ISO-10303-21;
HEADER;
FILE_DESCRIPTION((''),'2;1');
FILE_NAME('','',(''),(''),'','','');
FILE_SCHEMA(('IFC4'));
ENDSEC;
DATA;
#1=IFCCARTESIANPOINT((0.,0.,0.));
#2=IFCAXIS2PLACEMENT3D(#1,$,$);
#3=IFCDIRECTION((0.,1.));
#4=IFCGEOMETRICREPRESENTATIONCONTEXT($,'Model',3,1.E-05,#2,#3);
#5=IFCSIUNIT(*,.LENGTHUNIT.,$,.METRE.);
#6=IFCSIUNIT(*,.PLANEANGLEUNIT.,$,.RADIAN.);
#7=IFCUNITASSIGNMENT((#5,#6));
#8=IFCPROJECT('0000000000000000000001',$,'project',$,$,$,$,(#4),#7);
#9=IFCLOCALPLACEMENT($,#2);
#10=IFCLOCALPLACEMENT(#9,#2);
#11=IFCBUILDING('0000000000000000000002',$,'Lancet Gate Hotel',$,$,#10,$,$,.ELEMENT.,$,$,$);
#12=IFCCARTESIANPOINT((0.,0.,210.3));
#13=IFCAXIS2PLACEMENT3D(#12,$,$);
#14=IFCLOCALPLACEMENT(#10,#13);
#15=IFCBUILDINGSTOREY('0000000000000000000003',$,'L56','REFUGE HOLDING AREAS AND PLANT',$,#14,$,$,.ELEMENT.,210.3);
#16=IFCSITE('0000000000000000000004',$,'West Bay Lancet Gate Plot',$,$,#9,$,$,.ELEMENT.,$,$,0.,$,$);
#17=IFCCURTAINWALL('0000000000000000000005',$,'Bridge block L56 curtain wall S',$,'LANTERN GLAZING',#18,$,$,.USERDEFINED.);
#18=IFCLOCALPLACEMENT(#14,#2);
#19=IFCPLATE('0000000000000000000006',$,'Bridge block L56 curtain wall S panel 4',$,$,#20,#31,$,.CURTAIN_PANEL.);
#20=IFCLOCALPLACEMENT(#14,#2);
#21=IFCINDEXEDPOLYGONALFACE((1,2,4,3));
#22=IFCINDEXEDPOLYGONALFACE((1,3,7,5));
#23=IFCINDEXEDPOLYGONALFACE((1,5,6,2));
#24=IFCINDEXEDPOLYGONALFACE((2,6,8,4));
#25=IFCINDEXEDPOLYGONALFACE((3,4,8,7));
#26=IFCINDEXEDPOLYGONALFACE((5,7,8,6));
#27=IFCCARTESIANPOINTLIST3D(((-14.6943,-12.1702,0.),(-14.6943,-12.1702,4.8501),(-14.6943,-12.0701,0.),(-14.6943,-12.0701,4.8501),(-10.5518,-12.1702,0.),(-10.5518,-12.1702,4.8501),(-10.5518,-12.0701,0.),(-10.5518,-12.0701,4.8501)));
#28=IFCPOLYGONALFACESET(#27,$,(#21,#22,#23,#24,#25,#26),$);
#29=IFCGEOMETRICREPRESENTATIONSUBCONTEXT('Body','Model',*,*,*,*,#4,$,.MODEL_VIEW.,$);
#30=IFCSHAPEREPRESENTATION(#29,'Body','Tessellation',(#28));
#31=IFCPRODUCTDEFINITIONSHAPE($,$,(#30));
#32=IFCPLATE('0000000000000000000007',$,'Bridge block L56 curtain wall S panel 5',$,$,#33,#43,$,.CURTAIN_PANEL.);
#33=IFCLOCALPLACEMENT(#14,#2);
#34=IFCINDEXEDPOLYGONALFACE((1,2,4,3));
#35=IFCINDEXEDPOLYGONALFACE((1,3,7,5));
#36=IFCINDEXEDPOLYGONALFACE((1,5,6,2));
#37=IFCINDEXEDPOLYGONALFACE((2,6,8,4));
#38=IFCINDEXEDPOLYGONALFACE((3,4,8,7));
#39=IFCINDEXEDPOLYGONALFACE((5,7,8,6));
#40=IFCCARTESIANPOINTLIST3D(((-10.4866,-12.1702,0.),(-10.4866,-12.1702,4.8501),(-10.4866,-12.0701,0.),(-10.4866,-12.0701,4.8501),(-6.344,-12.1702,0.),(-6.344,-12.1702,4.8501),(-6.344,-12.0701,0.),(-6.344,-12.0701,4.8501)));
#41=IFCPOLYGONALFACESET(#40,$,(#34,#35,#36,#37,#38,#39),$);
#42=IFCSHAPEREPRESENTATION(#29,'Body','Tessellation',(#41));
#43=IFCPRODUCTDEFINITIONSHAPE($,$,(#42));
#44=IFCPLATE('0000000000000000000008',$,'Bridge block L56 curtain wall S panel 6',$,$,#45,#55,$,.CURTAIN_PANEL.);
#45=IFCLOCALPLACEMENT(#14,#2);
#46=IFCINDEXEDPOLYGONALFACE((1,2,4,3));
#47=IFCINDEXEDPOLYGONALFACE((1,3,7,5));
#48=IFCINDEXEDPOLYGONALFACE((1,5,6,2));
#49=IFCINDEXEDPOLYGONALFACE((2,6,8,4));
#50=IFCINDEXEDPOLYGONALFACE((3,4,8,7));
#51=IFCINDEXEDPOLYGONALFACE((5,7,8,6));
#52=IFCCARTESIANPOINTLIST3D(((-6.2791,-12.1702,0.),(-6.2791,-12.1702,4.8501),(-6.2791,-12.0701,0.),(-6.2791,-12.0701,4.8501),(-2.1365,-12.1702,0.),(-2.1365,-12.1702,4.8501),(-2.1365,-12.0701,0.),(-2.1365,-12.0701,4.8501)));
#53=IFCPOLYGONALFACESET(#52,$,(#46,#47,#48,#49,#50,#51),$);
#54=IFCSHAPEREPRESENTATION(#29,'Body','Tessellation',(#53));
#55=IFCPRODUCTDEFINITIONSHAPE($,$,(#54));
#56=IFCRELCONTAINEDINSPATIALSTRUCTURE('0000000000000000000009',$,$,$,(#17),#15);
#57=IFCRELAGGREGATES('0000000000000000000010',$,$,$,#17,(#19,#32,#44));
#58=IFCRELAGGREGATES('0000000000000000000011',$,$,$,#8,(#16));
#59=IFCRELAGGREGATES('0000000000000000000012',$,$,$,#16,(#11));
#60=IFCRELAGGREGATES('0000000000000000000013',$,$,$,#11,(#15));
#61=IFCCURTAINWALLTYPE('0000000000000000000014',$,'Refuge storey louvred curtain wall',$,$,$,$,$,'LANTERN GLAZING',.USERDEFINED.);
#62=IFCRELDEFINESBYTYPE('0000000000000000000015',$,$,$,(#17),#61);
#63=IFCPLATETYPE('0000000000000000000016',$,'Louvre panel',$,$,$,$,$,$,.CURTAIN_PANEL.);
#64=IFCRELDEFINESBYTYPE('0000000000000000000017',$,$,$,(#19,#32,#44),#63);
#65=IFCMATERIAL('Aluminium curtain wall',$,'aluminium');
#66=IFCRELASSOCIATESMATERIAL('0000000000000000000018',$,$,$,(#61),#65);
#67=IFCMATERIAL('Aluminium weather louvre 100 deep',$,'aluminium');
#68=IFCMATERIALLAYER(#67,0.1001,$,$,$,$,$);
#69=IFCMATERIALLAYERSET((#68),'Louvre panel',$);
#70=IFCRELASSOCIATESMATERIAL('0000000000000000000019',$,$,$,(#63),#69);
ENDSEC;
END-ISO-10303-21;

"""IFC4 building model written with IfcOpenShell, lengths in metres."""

from ifc_helpers import new_model, si_unit, direction, frame, origin, origin_2d, place, context, subcontext, project, spatial, rectangle, extrude, material, layer, layer_set, type_object, element, aggregate, save


model = new_model("IFC4")

# Units and contexts
model_context = context("Model", 3, precision=1e-05, world=origin(), true_north=direction((0.0, 1.0)))
body_context = subcontext(model_context, "Body", "Model", "MODEL_VIEW")
ifc_project = project(units=[si_unit("LENGTHUNIT", "METRE"), si_unit("PLANEANGLEUNIT", "RADIAN")], contexts=[model_context])

# Site, building, storey
site_placement = place(None, origin())
site = spatial("IfcSite", under=ifc_project, at=site_placement, Name="West Bay Lancet Gate Plot", CompositionType="ELEMENT", RefElevation=0.0)
building_placement = place(site_placement, origin())
building = spatial("IfcBuilding", under=site, at=building_placement, Name="Lancet Gate Hotel", CompositionType="ELEMENT")
storey_placement = place(building_placement, frame((0.0, 0.0, 210.3)))
storey = spatial("IfcBuildingStorey", under=building, at=storey_placement, Name="L56", Description="REFUGE HOLDING AREAS AND PLANT", CompositionType="ELEMENT", Elevation=210.3)

# Curtain wall
ifc_material_1 = material(Name="Aluminium curtain wall", Category="aluminium")
curtain_wall_type = type_object("IfcCurtainWallType", Name="Refuge storey louvred curtain wall", ElementType="LANTERN GLAZING", PredefinedType="USERDEFINED", material=ifc_material_1)
curtain_wall_placement = place(storey_placement, origin())
curtain_wall = element("IfcCurtainWall", 1, at=curtain_wall_placement, inside=storey, type_object=curtain_wall_type, Name="Bridge block L56 curtain wall S", ObjectType="LANTERN GLAZING", PredefinedType="USERDEFINED")

# Plates
ifc_material_2 = material(Name="Aluminium weather louvre 100 deep", Category="aluminium")
ifc_layer = layer(ifc_material_2, 0.1001)
ifc_layer_set = layer_set([ifc_layer], Name="Louvre panel")
plate_type = type_object("IfcPlateType", Name="Louvre panel", PredefinedType="CURTAIN_PANEL", material=ifc_layer_set)
plate_1_placement = place(storey_placement, frame((-12.623, -12.1201, 0.0), z_axis=(0.0, 0.0, 1.0), x_axis=(1.0, 0.0, 0.0)))
plate_1 = element("IfcPlate", 2, at=plate_1_placement, type_object=plate_type, Name="Bridge block L56 curtain wall S panel 4", PredefinedType="CURTAIN_PANEL", context=body_context, shape_type="SweptSolid", body=[
    extrude(rectangle(XDim=4.1426, YDim=0.1001, at=origin_2d()), origin(), (0.0, 0.0, 1.0), 4.8501),
])
plate_2_placement = place(storey_placement, frame((-8.4153, -12.1201, 0.0), z_axis=(0.0, 0.0, 1.0), x_axis=(1.0, 0.0, 0.0)))
plate_2 = element("IfcPlate", 3, at=plate_2_placement, type_object=plate_type, Name="Bridge block L56 curtain wall S panel 5", PredefinedType="CURTAIN_PANEL", context=body_context, shape_type="SweptSolid", body=[
    extrude(rectangle(XDim=4.1426, YDim=0.1001, at=origin_2d()), origin(), (0.0, 0.0, 1.0), 4.8501),
])
plate_3_placement = place(storey_placement, frame((-4.2078, -12.1201, 0.0), z_axis=(0.0, 0.0, 1.0), x_axis=(1.0, 0.0, 0.0)))
plate_3 = element("IfcPlate", 4, at=plate_3_placement, type_object=plate_type, Name="Bridge block L56 curtain wall S panel 6", PredefinedType="CURTAIN_PANEL", context=body_context, shape_type="SweptSolid", body=[
    extrude(rectangle(XDim=4.1426, YDim=0.1001, at=origin_2d()), origin(), (0.0, 0.0, 1.0), 4.8501),
])
aggregate(curtain_wall, [plate_1, plate_2, plate_3])

save(model, "model.ifc")
